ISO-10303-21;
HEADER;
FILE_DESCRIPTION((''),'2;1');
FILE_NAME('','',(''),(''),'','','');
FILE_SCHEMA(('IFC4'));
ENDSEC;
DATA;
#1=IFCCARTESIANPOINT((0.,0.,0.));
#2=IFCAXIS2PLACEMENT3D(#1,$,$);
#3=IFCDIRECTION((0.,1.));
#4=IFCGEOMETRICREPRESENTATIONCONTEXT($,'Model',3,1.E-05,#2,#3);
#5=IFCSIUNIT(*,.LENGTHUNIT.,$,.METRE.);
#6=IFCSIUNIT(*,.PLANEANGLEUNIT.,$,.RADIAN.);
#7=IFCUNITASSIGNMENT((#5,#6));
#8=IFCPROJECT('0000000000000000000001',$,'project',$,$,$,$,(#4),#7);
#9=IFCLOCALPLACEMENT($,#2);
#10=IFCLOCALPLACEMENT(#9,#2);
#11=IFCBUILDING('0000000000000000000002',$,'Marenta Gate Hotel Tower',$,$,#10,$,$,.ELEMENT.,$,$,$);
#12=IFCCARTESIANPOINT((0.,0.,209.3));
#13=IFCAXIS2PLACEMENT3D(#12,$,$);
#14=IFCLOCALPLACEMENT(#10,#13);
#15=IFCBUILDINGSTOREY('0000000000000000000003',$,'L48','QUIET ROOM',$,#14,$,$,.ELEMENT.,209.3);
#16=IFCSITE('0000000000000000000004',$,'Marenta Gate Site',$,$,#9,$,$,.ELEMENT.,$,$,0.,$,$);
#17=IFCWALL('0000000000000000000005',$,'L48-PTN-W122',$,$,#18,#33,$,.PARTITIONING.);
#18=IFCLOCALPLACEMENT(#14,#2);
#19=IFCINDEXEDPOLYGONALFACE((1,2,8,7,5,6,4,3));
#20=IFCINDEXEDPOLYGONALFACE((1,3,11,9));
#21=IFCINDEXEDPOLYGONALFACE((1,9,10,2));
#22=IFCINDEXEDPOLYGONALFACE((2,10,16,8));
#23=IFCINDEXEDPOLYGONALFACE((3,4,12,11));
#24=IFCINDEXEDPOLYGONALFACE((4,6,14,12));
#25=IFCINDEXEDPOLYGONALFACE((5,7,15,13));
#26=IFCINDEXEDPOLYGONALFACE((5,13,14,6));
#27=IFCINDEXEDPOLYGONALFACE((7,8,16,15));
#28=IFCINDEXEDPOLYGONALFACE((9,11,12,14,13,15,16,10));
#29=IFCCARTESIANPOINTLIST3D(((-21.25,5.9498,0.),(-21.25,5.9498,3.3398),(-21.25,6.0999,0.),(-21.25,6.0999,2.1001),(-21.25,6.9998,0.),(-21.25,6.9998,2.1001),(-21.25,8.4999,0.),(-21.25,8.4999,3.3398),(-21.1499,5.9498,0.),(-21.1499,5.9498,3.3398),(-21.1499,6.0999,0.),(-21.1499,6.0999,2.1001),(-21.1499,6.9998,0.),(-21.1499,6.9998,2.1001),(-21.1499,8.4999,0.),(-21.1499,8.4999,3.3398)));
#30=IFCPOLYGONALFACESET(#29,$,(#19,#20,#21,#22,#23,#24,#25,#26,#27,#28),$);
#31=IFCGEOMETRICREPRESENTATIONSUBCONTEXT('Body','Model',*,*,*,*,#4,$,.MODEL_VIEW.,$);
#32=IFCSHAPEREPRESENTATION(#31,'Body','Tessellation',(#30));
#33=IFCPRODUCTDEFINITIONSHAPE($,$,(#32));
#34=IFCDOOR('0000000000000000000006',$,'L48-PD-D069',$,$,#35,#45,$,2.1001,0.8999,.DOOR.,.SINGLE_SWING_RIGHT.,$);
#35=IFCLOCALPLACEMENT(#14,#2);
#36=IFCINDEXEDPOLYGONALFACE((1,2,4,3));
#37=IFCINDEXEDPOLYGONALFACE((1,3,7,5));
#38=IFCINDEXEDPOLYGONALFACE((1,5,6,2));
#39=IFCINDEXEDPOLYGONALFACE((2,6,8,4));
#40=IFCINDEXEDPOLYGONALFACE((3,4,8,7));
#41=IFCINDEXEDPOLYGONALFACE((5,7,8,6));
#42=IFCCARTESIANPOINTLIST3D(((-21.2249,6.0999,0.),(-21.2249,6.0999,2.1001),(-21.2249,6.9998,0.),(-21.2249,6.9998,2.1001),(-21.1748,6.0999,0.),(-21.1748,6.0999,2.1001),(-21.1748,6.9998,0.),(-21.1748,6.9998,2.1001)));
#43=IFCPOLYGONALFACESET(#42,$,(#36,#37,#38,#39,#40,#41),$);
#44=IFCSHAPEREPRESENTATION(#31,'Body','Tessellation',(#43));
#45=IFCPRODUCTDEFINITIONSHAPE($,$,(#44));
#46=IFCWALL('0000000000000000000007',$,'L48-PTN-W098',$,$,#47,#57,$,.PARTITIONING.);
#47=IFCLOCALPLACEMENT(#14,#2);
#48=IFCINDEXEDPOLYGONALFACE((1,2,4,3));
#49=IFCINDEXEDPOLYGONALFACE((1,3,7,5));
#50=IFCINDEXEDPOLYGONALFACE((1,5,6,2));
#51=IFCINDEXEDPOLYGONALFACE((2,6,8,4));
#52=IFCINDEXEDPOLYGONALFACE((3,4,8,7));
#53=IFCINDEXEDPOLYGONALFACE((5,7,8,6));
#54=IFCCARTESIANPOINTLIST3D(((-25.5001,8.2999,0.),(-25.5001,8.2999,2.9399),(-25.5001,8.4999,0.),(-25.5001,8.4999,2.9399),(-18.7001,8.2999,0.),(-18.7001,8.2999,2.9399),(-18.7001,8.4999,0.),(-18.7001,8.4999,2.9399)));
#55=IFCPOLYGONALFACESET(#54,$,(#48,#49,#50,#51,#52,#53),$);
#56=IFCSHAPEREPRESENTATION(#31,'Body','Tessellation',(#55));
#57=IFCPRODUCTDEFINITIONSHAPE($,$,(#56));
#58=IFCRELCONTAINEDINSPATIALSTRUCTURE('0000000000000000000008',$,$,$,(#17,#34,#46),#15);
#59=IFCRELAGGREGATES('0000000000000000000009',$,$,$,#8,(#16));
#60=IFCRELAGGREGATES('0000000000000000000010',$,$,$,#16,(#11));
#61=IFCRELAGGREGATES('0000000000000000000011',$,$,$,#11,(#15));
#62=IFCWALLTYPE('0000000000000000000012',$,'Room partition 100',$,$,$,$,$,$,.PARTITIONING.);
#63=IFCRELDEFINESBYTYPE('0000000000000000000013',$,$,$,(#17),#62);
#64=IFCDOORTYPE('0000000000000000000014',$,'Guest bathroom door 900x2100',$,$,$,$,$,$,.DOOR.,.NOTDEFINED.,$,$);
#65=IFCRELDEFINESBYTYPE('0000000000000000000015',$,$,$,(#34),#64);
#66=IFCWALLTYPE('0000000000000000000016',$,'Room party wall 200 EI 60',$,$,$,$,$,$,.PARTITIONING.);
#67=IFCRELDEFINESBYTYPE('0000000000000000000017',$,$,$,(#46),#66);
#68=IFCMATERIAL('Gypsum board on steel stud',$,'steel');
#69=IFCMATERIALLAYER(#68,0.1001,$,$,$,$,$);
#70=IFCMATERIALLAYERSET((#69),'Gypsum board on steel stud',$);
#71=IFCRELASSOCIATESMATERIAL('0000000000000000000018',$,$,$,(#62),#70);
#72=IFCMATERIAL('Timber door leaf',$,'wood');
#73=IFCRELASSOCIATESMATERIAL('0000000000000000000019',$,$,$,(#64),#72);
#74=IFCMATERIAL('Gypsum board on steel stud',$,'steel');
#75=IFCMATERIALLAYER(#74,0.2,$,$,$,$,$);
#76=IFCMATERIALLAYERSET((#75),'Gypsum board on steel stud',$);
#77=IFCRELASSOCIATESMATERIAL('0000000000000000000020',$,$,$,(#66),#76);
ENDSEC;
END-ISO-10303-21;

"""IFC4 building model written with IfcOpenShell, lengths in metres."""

from ifc_helpers import new_model, si_unit, direction, frame, frame_2d, origin, place, context, subcontext, project, spatial, rectangle, extrude, material, layer, layer_set, type_object, element, fill, save


model = new_model("IFC4")

# Units and contexts
model_context = context("Model", 3, precision=1e-05, world=origin(), true_north=direction((0.0, 1.0)))
body_context = subcontext(model_context, "Body", "Model", "MODEL_VIEW")
ifc_project = project(units=[si_unit("LENGTHUNIT", "METRE"), si_unit("PLANEANGLEUNIT", "RADIAN")], contexts=[model_context])

# Site, building, storey
site_placement = place(None, origin())
site = spatial("IfcSite", under=ifc_project, at=site_placement, Name="Marenta Gate Site", CompositionType="ELEMENT", RefElevation=0.0)
building_placement = place(site_placement, origin())
building = spatial("IfcBuilding", under=site, at=building_placement, Name="Marenta Gate Hotel Tower", CompositionType="ELEMENT")
storey_placement = place(building_placement, frame((0.0, 0.0, 209.3)))
storey = spatial("IfcBuildingStorey", under=building, at=storey_placement, Name="L48", Description="QUIET ROOM", CompositionType="ELEMENT", Elevation=209.3)

# Shared definitions
ifc_material_1 = material(Name="Gypsum board on steel stud", Category="steel")
ifc_layer_1 = layer(ifc_material_1, 0.1001)
ifc_layer_set_1 = layer_set([ifc_layer_1], Name="Gypsum board on steel stud")
wall_type_1 = type_object("IfcWallType", Name="Room partition 100", PredefinedType="PARTITIONING", material=ifc_layer_set_1)

# Wall, opening, door
wall_1_placement = place(storey_placement, frame((-21.2, 5.95, 0.0), z_axis=(0.0, 0.0, 1.0), x_axis=(0.0, 1.0, 0.0)))
wall_1 = element("IfcWall", 1, at=wall_1_placement, inside=storey, type_object=wall_type_1, Name="L48-PTN-W122", PredefinedType="PARTITIONING", context=body_context, shape_type="SweptSolid", body=[
    extrude(rectangle(XDim=2.55, YDim=0.1001, at=frame_2d((1.2749, 0.0))), origin(), (0.0, 0.0, 1.0), 3.3398),
])
opening_1_placement = place(wall_1_placement, frame((0.1499, 0.0, 0.0)))
opening_1 = element("IfcOpeningElement", 2, at=opening_1_placement, cuts=wall_1, PredefinedType="OPENING", context=body_context, shape_type="SweptSolid", body=[
    extrude(rectangle(XDim=0.8999, YDim=2.1001, at=frame_2d((0.45, 1.05))), frame((0.0, 0.05, 0.0), z_axis=(0.0, -1.0, 0.0), x_axis=(1.0, 0.0, 0.0)), (0.0, 0.0, 1.0), 0.1001),
])
ifc_material_2 = material(Name="Timber door leaf", Category="wood")
door_type_1 = type_object("IfcDoorType", Name="Guest bathroom door 900x2100", OperationType="NOTDEFINED", PredefinedType="DOOR", material=ifc_material_2)
door_1_placement = place(opening_1_placement, origin())
door_1 = element("IfcDoor", 3, at=door_1_placement, inside=storey, type_object=door_type_1, Name="L48-PD-D069", OperationType="SINGLE_SWING_RIGHT", OverallHeight=2.1001, OverallWidth=0.8999, PredefinedType="DOOR", context=body_context, shape_type="SweptSolid", body=[
    extrude(rectangle(XDim=0.8999, YDim=2.1001, at=frame_2d((0.45, 1.05))), frame((0.0, 0.0249, 0.0), z_axis=(0.0, -1.0, 0.0), x_axis=(1.0, 0.0, 0.0)), (0.0, 0.0, 1.0), 0.05),
])
fill(opening_1, door_1)

# Wall
ifc_material_3 = material(Name="Gypsum board on steel stud", Category="steel")
ifc_layer_2 = layer(ifc_material_3, 0.2)
ifc_layer_set_2 = layer_set([ifc_layer_2], Name="Gypsum board on steel stud")
wall_type_2 = type_object("IfcWallType", Name="Room party wall 200 EI 60", PredefinedType="PARTITIONING", material=ifc_layer_set_2)
wall_2_placement = place(storey_placement, frame((-25.5, 8.3999, 0.0), z_axis=(0.0, 0.0, 1.0), x_axis=(1.0, 0.0, 0.0)))
element("IfcWall", 4, at=wall_2_placement, inside=storey, type_object=wall_type_2, Name="L48-PTN-W098", PredefinedType="PARTITIONING", context=body_context, shape_type="SweptSolid", body=[
    extrude(rectangle(XDim=6.8, YDim=0.2, at=frame_2d((3.3999, 0.0))), origin(), (0.0, 0.0, 1.0), 2.9399),
])

save(model, "model.ifc")
